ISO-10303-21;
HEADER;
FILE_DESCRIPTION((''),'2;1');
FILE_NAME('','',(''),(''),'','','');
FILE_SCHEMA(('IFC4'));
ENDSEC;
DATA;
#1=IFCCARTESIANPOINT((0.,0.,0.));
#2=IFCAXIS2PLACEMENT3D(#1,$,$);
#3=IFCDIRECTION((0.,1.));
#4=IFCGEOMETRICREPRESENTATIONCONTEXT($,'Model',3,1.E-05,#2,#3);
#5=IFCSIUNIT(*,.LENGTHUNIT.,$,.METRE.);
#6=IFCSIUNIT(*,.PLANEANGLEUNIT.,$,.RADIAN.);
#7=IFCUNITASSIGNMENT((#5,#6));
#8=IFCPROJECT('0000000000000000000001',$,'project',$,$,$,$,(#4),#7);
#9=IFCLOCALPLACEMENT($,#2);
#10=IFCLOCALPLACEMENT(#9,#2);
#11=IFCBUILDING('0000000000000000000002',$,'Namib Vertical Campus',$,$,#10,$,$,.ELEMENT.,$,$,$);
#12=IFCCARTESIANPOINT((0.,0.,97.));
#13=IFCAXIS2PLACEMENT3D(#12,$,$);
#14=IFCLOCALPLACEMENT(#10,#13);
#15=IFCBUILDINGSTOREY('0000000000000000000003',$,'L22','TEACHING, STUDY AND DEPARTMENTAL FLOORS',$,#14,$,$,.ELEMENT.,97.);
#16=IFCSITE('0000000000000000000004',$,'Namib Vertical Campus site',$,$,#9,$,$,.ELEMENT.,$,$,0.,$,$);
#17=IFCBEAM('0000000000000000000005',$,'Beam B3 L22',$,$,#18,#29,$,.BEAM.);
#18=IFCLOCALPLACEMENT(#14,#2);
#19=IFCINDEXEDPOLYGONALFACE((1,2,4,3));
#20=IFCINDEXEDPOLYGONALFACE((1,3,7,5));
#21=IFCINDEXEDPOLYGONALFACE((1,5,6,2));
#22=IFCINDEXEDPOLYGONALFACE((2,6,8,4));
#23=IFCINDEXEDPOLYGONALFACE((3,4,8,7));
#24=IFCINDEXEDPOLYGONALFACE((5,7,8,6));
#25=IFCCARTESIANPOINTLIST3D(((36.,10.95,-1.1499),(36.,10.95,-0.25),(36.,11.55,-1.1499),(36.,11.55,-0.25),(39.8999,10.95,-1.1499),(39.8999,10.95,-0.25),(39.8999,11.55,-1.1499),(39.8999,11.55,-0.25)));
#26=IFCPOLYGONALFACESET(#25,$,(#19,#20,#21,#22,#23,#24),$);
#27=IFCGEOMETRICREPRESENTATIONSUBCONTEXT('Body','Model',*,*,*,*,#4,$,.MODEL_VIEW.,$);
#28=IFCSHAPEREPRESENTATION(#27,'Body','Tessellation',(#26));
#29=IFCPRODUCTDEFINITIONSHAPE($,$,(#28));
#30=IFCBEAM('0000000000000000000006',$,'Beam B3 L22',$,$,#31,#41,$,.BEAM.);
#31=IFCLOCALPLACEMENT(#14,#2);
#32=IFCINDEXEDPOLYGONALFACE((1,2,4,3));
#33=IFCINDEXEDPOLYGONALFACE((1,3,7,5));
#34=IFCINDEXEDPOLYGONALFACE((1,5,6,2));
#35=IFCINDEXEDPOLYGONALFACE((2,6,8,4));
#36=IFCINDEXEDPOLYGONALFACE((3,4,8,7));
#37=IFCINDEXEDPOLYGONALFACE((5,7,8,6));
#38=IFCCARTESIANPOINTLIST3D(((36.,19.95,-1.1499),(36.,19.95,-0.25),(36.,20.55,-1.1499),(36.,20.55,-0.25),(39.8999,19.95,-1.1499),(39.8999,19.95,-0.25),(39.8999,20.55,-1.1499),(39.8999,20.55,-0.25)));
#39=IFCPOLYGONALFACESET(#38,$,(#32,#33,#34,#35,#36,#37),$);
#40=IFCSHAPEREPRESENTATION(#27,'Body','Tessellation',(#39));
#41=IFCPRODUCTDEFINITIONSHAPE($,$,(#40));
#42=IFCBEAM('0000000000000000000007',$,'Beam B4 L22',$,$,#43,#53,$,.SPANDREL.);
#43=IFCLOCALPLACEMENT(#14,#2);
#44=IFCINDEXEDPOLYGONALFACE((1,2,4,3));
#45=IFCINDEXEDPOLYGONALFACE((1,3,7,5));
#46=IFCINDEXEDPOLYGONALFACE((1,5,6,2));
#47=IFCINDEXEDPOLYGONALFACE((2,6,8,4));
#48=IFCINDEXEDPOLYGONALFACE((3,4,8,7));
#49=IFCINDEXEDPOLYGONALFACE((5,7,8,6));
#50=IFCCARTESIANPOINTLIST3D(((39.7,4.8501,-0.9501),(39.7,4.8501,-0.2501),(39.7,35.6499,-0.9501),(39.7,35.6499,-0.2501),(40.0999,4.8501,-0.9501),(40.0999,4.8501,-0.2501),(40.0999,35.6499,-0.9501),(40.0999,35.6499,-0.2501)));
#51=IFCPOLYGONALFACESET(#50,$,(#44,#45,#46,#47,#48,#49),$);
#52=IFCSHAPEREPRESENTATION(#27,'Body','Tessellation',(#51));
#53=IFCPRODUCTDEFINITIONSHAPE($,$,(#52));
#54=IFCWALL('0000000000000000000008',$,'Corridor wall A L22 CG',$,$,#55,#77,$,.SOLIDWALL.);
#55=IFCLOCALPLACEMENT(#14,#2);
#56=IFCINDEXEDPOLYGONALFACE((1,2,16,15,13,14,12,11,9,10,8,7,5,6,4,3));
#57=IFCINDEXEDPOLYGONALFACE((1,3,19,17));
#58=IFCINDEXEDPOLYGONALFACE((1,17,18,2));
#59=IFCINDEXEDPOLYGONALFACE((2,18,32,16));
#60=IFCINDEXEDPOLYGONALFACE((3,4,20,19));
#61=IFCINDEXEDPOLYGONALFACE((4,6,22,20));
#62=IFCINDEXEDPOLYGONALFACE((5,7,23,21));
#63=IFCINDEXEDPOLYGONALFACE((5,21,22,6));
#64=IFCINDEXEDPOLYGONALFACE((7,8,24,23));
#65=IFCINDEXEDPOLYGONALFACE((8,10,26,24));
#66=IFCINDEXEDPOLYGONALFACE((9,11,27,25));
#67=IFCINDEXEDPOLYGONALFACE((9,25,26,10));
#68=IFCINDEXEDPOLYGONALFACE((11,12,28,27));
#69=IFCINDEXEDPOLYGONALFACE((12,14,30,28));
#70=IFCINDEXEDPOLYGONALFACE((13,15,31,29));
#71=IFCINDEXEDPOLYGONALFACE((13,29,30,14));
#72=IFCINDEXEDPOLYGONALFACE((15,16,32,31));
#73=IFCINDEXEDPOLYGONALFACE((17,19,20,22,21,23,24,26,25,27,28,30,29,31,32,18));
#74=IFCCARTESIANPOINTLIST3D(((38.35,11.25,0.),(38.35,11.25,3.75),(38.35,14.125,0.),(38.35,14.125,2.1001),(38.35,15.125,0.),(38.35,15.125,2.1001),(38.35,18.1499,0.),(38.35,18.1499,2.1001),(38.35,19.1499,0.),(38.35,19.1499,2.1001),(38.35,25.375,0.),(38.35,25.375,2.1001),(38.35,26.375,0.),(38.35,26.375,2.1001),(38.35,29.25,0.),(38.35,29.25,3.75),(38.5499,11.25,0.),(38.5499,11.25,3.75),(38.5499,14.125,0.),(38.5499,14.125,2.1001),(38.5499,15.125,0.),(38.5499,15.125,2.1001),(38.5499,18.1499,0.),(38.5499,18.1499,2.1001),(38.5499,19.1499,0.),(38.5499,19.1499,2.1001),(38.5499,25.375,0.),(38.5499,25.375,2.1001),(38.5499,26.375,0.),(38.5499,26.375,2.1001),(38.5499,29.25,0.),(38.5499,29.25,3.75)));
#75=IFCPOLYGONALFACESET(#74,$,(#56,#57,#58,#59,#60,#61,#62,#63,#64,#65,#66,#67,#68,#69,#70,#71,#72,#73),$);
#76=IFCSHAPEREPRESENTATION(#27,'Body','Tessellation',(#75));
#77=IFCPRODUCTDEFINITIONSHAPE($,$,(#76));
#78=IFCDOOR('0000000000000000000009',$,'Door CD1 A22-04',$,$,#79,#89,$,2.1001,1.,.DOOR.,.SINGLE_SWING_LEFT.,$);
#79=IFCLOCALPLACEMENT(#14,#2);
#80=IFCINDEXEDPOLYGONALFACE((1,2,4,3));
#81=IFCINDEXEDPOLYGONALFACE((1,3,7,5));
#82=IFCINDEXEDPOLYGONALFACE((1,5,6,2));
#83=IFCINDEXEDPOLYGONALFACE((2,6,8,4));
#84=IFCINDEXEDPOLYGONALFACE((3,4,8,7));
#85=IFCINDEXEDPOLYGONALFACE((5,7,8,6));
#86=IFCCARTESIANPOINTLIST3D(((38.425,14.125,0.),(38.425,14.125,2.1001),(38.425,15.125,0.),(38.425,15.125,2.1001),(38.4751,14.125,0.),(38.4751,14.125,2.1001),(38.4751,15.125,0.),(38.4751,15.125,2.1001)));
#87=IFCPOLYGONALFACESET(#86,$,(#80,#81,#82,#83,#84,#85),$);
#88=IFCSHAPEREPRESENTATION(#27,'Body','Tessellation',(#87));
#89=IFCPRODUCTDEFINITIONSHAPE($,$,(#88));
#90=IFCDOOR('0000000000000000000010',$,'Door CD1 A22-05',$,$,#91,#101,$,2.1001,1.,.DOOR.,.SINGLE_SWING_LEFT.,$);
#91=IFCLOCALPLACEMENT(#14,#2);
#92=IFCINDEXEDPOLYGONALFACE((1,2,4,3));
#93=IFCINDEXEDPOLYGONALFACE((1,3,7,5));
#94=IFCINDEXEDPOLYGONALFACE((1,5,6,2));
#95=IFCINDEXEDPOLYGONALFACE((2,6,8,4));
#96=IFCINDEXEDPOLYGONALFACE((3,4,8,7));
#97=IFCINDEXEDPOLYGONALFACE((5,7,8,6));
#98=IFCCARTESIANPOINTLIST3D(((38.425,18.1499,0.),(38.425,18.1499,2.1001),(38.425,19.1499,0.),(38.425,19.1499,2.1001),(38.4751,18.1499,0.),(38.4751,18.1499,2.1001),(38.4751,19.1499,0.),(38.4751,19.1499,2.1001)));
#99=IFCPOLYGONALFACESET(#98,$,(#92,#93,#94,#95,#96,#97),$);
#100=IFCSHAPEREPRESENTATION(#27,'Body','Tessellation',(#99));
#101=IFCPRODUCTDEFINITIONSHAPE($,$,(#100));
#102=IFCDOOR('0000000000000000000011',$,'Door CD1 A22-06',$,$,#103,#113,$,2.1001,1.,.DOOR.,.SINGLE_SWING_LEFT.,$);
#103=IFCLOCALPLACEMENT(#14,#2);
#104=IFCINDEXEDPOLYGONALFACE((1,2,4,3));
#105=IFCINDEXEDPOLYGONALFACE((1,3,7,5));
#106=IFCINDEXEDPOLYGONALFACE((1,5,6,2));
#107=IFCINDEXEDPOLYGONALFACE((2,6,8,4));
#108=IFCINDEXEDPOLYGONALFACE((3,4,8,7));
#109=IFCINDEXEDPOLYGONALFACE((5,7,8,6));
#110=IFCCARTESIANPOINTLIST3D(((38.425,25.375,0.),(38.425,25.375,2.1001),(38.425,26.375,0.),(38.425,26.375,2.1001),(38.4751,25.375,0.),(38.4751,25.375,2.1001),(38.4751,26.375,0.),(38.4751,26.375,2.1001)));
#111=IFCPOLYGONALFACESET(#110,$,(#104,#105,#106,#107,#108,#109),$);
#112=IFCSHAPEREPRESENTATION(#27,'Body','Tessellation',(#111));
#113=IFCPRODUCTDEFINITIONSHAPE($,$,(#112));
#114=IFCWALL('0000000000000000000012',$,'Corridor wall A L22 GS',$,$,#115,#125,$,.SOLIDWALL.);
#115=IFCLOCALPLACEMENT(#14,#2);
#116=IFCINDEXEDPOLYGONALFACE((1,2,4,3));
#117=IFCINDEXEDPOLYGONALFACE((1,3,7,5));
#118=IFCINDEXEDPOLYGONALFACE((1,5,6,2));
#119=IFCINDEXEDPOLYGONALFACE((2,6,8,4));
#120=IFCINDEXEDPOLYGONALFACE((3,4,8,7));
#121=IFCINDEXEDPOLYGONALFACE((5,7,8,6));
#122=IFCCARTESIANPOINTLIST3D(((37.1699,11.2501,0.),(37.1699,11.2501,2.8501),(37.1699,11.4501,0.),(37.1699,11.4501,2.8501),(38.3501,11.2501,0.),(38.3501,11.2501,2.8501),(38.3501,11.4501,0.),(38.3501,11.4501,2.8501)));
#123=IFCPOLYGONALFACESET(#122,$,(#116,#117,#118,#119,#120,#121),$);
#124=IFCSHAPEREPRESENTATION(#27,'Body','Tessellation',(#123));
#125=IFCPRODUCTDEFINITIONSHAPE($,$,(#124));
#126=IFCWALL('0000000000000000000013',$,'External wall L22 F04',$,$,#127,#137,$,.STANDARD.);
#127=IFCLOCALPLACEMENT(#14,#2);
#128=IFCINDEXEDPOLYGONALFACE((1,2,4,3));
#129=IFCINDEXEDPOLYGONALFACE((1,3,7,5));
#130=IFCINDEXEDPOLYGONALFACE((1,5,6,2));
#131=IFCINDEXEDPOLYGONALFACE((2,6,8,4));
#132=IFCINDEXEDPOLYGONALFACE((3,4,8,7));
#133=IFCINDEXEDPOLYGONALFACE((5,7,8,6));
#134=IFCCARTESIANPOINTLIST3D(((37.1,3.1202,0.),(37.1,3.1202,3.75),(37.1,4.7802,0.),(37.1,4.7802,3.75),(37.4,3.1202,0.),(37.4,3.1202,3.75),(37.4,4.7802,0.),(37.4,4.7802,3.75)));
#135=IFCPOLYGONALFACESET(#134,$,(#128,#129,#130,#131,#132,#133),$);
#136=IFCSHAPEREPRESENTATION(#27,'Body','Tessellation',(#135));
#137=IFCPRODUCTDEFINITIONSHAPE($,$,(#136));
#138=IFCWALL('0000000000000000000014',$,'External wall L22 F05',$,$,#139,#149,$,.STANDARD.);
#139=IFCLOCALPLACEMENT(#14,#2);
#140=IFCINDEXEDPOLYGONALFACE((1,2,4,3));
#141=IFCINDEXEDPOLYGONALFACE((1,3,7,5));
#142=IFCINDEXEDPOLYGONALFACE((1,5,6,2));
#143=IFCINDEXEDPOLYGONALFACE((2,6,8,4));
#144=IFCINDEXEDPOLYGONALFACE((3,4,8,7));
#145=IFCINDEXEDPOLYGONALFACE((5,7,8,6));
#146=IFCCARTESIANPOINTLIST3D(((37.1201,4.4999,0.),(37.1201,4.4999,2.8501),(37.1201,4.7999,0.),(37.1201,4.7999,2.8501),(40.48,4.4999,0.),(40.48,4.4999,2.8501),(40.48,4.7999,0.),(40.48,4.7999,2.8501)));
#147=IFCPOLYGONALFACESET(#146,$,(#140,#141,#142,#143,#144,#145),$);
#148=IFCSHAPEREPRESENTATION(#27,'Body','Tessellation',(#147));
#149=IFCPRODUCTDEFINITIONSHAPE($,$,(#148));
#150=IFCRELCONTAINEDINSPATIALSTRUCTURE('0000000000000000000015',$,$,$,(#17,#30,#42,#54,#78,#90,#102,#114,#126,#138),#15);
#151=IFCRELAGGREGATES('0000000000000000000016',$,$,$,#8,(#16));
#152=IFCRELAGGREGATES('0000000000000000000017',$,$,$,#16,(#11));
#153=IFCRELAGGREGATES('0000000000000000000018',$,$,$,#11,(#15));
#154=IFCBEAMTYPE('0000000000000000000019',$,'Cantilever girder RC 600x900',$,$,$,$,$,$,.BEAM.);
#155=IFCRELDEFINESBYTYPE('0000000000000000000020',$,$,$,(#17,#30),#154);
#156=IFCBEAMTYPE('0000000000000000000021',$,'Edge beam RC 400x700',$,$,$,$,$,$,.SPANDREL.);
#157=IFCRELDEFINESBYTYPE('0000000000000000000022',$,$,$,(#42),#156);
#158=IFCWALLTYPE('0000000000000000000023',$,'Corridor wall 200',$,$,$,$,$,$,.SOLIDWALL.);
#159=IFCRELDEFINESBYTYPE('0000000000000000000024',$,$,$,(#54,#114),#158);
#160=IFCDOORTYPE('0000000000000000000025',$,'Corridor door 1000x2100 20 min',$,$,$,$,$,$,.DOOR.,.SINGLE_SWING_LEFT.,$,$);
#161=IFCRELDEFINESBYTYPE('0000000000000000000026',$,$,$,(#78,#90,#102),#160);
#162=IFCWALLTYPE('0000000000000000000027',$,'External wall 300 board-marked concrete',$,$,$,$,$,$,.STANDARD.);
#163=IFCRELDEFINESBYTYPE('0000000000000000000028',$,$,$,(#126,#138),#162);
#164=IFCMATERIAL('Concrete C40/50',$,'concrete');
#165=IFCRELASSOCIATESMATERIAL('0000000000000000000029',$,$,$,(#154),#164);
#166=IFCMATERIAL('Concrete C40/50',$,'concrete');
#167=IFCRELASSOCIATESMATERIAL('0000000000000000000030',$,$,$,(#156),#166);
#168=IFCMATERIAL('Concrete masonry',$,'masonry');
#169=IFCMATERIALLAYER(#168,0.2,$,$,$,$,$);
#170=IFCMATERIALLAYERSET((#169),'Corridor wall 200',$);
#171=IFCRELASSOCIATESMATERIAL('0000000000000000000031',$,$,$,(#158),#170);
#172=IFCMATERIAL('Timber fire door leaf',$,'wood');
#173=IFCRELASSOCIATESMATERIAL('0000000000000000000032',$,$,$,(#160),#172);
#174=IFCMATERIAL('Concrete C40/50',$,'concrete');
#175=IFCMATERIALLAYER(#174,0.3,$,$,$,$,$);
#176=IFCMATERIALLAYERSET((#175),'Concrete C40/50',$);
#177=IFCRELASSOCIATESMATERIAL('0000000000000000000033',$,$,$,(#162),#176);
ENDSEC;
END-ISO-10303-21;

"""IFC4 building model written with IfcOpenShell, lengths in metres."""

from ifc_helpers import new_model, si_unit, direction, frame, frame_2d, origin, origin_2d, place, context, subcontext, project, spatial, rectangle, extrude, material, layer, layer_set, material_profile, profile_set, type_object, element, fill, save


model = new_model("IFC4")

# Units and contexts
model_context = context("Model", 3, precision=1e-05, world=origin(), true_north=direction((0.0, 1.0)))
body_context = subcontext(model_context, "Body", "Model", "MODEL_VIEW")
ifc_project = project(units=[si_unit("LENGTHUNIT", "METRE"), si_unit("PLANEANGLEUNIT", "RADIAN")], contexts=[model_context])

# Site, building, storey
site_placement = place(None, origin())
site = spatial("IfcSite", under=ifc_project, at=site_placement, Name="Namib Vertical Campus site", CompositionType="ELEMENT", RefElevation=0.0)
building_placement = place(site_placement, origin())
building = spatial("IfcBuilding", under=site, at=building_placement, Name="Namib Vertical Campus", CompositionType="ELEMENT")
storey_placement = place(building_placement, frame((0.0, 0.0, 97.0)))
storey = spatial("IfcBuildingStorey", under=building, at=storey_placement, Name="L22", Description="TEACHING, STUDY AND DEPARTMENTAL FLOORS", CompositionType="ELEMENT", Elevation=97.0)

# Beams
ifc_material_1 = material(Name="Concrete C40/50", Category="concrete")
ifc_material_profile_1 = material_profile(ifc_material_1, rectangle(XDim=0.6001, YDim=0.8999, at=origin_2d()))
ifc_profile_set_1 = profile_set([ifc_material_profile_1], Name="Concrete C40/50")
beam_type_1 = type_object("IfcBeamType", Name="Cantilever girder RC 600x900", PredefinedType="BEAM", material=ifc_profile_set_1)
for number, where, z_axis, x_axis, name in (
    (1, (36.0, 11.25, -0.7), (1.0, 0.0, 0.0), (0.0, 1.0, 0.0), "Beam B3 L22"),
    (2, (36.0, 20.25, -0.7), (1.0, 0.0, 0.0), (0.0, 1.0, 0.0), "Beam B3 L22"),
):
    element("IfcBeam", number, at=place(storey_placement, frame(where, z_axis=z_axis, x_axis=x_axis)), inside=storey, type_object=beam_type_1, Name=name, PredefinedType="BEAM", context=body_context, shape_type="SweptSolid", body=[
        extrude(rectangle(XDim=0.6001, YDim=0.8999, at=origin_2d()), origin(), (0.0, 0.0, 1.0), 3.8999),
    ])
ifc_material_2 = material(Name="Concrete C40/50", Category="concrete")
ifc_material_profile_2 = material_profile(ifc_material_2, rectangle(XDim=0.3999, YDim=0.7, at=origin_2d()))
ifc_profile_set_2 = profile_set([ifc_material_profile_2], Name="Concrete C40/50")
beam_type_2 = type_object("IfcBeamType", Name="Edge beam RC 400x700", PredefinedType="SPANDREL", material=ifc_profile_set_2)
beam_placement = place(storey_placement, frame((39.8999, 4.8501, -0.6001), z_axis=(0.0, 1.0, 0.0), x_axis=(-1.0, 0.0, 0.0)))
element("IfcBeam", 3, at=beam_placement, inside=storey, type_object=beam_type_2, Name="Beam B4 L22", PredefinedType="SPANDREL", context=body_context, shape_type="SweptSolid", body=[
    extrude(rectangle(XDim=0.3999, YDim=0.7, at=origin_2d()), origin(), (0.0, 0.0, 1.0), 30.7998),
])

# Wall, openings, doors
ifc_material_3 = material(Name="Concrete masonry", Category="masonry")
ifc_layer_1 = layer(ifc_material_3, 0.2)
ifc_layer_set_1 = layer_set([ifc_layer_1], Name="Corridor wall 200")
wall_type_1 = type_object("IfcWallType", Name="Corridor wall 200", PredefinedType="SOLIDWALL", material=ifc_layer_set_1)
wall_1_placement = place(storey_placement, frame((38.45, 11.25, 0.0), z_axis=(0.0, 0.0, 1.0), x_axis=(0.0, 1.0, 0.0)))
wall_1 = element("IfcWall", 4, at=wall_1_placement, inside=storey, type_object=wall_type_1, Name="Corridor wall A L22 CG", PredefinedType="SOLIDWALL", context=body_context, shape_type="SweptSolid", body=[
    extrude(rectangle(XDim=18.0, YDim=0.2, at=frame_2d((9.0, 0.0))), origin(), (0.0, 0.0, 1.0), 3.75),
])
opening_1_placement = place(wall_1_placement, frame((2.875, 0.0, 0.0)))
opening_1 = element("IfcOpeningElement", 5, at=opening_1_placement, cuts=wall_1, PredefinedType="OPENING", context=body_context, shape_type="SweptSolid", body=[
    extrude(rectangle(XDim=1.0, YDim=2.1001, at=frame_2d((0.5, 1.05))), frame((0.0, 0.1099, 0.0), z_axis=(0.0, -1.0, 0.0), x_axis=(1.0, 0.0, 0.0)), (0.0, 0.0, 1.0), 0.22),
])
opening_2_placement = place(wall_1_placement, frame((6.8999, 0.0, 0.0)))
opening_2 = element("IfcOpeningElement", 6, at=opening_2_placement, cuts=wall_1, PredefinedType="OPENING", context=body_context, shape_type="SweptSolid", body=[
    extrude(rectangle(XDim=1.0, YDim=2.1001, at=frame_2d((0.5, 1.05))), frame((0.0, 0.1099, 0.0), z_axis=(0.0, -1.0, 0.0), x_axis=(1.0, 0.0, 0.0)), (0.0, 0.0, 1.0), 0.22),
])
opening_3_placement = place(wall_1_placement, frame((14.125, 0.0, 0.0)))
opening_3 = element("IfcOpeningElement", 7, at=opening_3_placement, cuts=wall_1, PredefinedType="OPENING", context=body_context, shape_type="SweptSolid", body=[
    extrude(rectangle(XDim=1.0, YDim=2.1001, at=frame_2d((0.5, 1.05))), frame((0.0, 0.1099, 0.0), z_axis=(0.0, -1.0, 0.0), x_axis=(1.0, 0.0, 0.0)), (0.0, 0.0, 1.0), 0.22),
])
ifc_material_4 = material(Name="Timber fire door leaf", Category="wood")
door_type = type_object("IfcDoorType", Name="Corridor door 1000x2100 20 min", OperationType="SINGLE_SWING_LEFT", PredefinedType="DOOR", material=ifc_material_4)
door_1_placement = place(opening_1_placement, origin())
door_1 = element("IfcDoor", 8, at=door_1_placement, inside=storey, type_object=door_type, Name="Door CD1 A22-04", OperationType="SINGLE_SWING_LEFT", OverallHeight=2.1001, OverallWidth=1.0, PredefinedType="DOOR", context=body_context, shape_type="SweptSolid", body=[
    extrude(rectangle(XDim=1.0, YDim=2.1001, at=frame_2d((0.5, 1.05))), frame((0.0, 0.0249, 0.0), z_axis=(0.0, -1.0, 0.0), x_axis=(1.0, 0.0, 0.0)), (0.0, 0.0, 1.0), 0.05),
])
fill(opening_1, door_1)
door_2_placement = place(opening_2_placement, origin())
door_2 = element("IfcDoor", 9, at=door_2_placement, inside=storey, type_object=door_type, Name="Door CD1 A22-05", OperationType="SINGLE_SWING_LEFT", OverallHeight=2.1001, OverallWidth=1.0, PredefinedType="DOOR", context=body_context, shape_type="SweptSolid", body=[
    extrude(rectangle(XDim=1.0, YDim=2.1001, at=frame_2d((0.5, 1.05))), frame((0.0, 0.0249, 0.0), z_axis=(0.0, -1.0, 0.0), x_axis=(1.0, 0.0, 0.0)), (0.0, 0.0, 1.0), 0.05),
])
fill(opening_2, door_2)
door_3_placement = place(opening_3_placement, origin())
door_3 = element("IfcDoor", 10, at=door_3_placement, inside=storey, type_object=door_type, Name="Door CD1 A22-06", OperationType="SINGLE_SWING_LEFT", OverallHeight=2.1001, OverallWidth=1.0, PredefinedType="DOOR", context=body_context, shape_type="SweptSolid", body=[
    extrude(rectangle(XDim=1.0, YDim=2.1001, at=frame_2d((0.5, 1.05))), frame((0.0, 0.0249, 0.0), z_axis=(0.0, -1.0, 0.0), x_axis=(1.0, 0.0, 0.0)), (0.0, 0.0, 1.0), 0.05),
])
fill(opening_3, door_3)

# Walls
wall_2_placement = place(storey_placement, frame((37.1699, 11.3501, 0.0), z_axis=(0.0, 0.0, 1.0), x_axis=(1.0, 0.0, 0.0)))
element("IfcWall", 11, at=wall_2_placement, inside=storey, type_object=wall_type_1, Name="Corridor wall A L22 GS", PredefinedType="SOLIDWALL", context=body_context, shape_type="SweptSolid", body=[
    extrude(rectangle(XDim=1.1802, YDim=0.2, at=frame_2d((0.5901, 0.0))), origin(), (0.0, 0.0, 1.0), 2.8501),
])
ifc_material_5 = material(Name="Concrete C40/50", Category="concrete")
ifc_layer_2 = layer(ifc_material_5, 0.3)
ifc_layer_set_2 = layer_set([ifc_layer_2], Name="Concrete C40/50")
wall_type_2 = type_object("IfcWallType", Name="External wall 300 board-marked concrete", PredefinedType="STANDARD", material=ifc_layer_set_2)
wall_3_placement = place(storey_placement, frame((37.25, 3.1201, 0.0), z_axis=(0.0, 0.0, 1.0), x_axis=(0.0, 1.0, 0.0)))
element("IfcWall", 12, at=wall_3_placement, inside=storey, type_object=wall_type_2, Name="External wall L22 F04", PredefinedType="STANDARD", context=body_context, shape_type="SweptSolid", body=[
    extrude(rectangle(XDim=1.6599, YDim=0.3, at=frame_2d((0.8301, 0.0))), origin(), (0.0, 0.0, 1.0), 3.75),
])
wall_4_placement = place(storey_placement, frame((37.1201, 4.6499, 0.0), z_axis=(0.0, 0.0, 1.0), x_axis=(1.0, 0.0, 0.0)))
element("IfcWall", 13, at=wall_4_placement, inside=storey, type_object=wall_type_2, Name="External wall L22 F05", PredefinedType="STANDARD", context=body_context, shape_type="SweptSolid", body=[
    extrude(rectangle(XDim=3.3599, YDim=0.3, at=frame_2d((1.6799, 0.0))), origin(), (0.0, 0.0, 1.0), 2.8501),
])

save(model, "model.ifc")
